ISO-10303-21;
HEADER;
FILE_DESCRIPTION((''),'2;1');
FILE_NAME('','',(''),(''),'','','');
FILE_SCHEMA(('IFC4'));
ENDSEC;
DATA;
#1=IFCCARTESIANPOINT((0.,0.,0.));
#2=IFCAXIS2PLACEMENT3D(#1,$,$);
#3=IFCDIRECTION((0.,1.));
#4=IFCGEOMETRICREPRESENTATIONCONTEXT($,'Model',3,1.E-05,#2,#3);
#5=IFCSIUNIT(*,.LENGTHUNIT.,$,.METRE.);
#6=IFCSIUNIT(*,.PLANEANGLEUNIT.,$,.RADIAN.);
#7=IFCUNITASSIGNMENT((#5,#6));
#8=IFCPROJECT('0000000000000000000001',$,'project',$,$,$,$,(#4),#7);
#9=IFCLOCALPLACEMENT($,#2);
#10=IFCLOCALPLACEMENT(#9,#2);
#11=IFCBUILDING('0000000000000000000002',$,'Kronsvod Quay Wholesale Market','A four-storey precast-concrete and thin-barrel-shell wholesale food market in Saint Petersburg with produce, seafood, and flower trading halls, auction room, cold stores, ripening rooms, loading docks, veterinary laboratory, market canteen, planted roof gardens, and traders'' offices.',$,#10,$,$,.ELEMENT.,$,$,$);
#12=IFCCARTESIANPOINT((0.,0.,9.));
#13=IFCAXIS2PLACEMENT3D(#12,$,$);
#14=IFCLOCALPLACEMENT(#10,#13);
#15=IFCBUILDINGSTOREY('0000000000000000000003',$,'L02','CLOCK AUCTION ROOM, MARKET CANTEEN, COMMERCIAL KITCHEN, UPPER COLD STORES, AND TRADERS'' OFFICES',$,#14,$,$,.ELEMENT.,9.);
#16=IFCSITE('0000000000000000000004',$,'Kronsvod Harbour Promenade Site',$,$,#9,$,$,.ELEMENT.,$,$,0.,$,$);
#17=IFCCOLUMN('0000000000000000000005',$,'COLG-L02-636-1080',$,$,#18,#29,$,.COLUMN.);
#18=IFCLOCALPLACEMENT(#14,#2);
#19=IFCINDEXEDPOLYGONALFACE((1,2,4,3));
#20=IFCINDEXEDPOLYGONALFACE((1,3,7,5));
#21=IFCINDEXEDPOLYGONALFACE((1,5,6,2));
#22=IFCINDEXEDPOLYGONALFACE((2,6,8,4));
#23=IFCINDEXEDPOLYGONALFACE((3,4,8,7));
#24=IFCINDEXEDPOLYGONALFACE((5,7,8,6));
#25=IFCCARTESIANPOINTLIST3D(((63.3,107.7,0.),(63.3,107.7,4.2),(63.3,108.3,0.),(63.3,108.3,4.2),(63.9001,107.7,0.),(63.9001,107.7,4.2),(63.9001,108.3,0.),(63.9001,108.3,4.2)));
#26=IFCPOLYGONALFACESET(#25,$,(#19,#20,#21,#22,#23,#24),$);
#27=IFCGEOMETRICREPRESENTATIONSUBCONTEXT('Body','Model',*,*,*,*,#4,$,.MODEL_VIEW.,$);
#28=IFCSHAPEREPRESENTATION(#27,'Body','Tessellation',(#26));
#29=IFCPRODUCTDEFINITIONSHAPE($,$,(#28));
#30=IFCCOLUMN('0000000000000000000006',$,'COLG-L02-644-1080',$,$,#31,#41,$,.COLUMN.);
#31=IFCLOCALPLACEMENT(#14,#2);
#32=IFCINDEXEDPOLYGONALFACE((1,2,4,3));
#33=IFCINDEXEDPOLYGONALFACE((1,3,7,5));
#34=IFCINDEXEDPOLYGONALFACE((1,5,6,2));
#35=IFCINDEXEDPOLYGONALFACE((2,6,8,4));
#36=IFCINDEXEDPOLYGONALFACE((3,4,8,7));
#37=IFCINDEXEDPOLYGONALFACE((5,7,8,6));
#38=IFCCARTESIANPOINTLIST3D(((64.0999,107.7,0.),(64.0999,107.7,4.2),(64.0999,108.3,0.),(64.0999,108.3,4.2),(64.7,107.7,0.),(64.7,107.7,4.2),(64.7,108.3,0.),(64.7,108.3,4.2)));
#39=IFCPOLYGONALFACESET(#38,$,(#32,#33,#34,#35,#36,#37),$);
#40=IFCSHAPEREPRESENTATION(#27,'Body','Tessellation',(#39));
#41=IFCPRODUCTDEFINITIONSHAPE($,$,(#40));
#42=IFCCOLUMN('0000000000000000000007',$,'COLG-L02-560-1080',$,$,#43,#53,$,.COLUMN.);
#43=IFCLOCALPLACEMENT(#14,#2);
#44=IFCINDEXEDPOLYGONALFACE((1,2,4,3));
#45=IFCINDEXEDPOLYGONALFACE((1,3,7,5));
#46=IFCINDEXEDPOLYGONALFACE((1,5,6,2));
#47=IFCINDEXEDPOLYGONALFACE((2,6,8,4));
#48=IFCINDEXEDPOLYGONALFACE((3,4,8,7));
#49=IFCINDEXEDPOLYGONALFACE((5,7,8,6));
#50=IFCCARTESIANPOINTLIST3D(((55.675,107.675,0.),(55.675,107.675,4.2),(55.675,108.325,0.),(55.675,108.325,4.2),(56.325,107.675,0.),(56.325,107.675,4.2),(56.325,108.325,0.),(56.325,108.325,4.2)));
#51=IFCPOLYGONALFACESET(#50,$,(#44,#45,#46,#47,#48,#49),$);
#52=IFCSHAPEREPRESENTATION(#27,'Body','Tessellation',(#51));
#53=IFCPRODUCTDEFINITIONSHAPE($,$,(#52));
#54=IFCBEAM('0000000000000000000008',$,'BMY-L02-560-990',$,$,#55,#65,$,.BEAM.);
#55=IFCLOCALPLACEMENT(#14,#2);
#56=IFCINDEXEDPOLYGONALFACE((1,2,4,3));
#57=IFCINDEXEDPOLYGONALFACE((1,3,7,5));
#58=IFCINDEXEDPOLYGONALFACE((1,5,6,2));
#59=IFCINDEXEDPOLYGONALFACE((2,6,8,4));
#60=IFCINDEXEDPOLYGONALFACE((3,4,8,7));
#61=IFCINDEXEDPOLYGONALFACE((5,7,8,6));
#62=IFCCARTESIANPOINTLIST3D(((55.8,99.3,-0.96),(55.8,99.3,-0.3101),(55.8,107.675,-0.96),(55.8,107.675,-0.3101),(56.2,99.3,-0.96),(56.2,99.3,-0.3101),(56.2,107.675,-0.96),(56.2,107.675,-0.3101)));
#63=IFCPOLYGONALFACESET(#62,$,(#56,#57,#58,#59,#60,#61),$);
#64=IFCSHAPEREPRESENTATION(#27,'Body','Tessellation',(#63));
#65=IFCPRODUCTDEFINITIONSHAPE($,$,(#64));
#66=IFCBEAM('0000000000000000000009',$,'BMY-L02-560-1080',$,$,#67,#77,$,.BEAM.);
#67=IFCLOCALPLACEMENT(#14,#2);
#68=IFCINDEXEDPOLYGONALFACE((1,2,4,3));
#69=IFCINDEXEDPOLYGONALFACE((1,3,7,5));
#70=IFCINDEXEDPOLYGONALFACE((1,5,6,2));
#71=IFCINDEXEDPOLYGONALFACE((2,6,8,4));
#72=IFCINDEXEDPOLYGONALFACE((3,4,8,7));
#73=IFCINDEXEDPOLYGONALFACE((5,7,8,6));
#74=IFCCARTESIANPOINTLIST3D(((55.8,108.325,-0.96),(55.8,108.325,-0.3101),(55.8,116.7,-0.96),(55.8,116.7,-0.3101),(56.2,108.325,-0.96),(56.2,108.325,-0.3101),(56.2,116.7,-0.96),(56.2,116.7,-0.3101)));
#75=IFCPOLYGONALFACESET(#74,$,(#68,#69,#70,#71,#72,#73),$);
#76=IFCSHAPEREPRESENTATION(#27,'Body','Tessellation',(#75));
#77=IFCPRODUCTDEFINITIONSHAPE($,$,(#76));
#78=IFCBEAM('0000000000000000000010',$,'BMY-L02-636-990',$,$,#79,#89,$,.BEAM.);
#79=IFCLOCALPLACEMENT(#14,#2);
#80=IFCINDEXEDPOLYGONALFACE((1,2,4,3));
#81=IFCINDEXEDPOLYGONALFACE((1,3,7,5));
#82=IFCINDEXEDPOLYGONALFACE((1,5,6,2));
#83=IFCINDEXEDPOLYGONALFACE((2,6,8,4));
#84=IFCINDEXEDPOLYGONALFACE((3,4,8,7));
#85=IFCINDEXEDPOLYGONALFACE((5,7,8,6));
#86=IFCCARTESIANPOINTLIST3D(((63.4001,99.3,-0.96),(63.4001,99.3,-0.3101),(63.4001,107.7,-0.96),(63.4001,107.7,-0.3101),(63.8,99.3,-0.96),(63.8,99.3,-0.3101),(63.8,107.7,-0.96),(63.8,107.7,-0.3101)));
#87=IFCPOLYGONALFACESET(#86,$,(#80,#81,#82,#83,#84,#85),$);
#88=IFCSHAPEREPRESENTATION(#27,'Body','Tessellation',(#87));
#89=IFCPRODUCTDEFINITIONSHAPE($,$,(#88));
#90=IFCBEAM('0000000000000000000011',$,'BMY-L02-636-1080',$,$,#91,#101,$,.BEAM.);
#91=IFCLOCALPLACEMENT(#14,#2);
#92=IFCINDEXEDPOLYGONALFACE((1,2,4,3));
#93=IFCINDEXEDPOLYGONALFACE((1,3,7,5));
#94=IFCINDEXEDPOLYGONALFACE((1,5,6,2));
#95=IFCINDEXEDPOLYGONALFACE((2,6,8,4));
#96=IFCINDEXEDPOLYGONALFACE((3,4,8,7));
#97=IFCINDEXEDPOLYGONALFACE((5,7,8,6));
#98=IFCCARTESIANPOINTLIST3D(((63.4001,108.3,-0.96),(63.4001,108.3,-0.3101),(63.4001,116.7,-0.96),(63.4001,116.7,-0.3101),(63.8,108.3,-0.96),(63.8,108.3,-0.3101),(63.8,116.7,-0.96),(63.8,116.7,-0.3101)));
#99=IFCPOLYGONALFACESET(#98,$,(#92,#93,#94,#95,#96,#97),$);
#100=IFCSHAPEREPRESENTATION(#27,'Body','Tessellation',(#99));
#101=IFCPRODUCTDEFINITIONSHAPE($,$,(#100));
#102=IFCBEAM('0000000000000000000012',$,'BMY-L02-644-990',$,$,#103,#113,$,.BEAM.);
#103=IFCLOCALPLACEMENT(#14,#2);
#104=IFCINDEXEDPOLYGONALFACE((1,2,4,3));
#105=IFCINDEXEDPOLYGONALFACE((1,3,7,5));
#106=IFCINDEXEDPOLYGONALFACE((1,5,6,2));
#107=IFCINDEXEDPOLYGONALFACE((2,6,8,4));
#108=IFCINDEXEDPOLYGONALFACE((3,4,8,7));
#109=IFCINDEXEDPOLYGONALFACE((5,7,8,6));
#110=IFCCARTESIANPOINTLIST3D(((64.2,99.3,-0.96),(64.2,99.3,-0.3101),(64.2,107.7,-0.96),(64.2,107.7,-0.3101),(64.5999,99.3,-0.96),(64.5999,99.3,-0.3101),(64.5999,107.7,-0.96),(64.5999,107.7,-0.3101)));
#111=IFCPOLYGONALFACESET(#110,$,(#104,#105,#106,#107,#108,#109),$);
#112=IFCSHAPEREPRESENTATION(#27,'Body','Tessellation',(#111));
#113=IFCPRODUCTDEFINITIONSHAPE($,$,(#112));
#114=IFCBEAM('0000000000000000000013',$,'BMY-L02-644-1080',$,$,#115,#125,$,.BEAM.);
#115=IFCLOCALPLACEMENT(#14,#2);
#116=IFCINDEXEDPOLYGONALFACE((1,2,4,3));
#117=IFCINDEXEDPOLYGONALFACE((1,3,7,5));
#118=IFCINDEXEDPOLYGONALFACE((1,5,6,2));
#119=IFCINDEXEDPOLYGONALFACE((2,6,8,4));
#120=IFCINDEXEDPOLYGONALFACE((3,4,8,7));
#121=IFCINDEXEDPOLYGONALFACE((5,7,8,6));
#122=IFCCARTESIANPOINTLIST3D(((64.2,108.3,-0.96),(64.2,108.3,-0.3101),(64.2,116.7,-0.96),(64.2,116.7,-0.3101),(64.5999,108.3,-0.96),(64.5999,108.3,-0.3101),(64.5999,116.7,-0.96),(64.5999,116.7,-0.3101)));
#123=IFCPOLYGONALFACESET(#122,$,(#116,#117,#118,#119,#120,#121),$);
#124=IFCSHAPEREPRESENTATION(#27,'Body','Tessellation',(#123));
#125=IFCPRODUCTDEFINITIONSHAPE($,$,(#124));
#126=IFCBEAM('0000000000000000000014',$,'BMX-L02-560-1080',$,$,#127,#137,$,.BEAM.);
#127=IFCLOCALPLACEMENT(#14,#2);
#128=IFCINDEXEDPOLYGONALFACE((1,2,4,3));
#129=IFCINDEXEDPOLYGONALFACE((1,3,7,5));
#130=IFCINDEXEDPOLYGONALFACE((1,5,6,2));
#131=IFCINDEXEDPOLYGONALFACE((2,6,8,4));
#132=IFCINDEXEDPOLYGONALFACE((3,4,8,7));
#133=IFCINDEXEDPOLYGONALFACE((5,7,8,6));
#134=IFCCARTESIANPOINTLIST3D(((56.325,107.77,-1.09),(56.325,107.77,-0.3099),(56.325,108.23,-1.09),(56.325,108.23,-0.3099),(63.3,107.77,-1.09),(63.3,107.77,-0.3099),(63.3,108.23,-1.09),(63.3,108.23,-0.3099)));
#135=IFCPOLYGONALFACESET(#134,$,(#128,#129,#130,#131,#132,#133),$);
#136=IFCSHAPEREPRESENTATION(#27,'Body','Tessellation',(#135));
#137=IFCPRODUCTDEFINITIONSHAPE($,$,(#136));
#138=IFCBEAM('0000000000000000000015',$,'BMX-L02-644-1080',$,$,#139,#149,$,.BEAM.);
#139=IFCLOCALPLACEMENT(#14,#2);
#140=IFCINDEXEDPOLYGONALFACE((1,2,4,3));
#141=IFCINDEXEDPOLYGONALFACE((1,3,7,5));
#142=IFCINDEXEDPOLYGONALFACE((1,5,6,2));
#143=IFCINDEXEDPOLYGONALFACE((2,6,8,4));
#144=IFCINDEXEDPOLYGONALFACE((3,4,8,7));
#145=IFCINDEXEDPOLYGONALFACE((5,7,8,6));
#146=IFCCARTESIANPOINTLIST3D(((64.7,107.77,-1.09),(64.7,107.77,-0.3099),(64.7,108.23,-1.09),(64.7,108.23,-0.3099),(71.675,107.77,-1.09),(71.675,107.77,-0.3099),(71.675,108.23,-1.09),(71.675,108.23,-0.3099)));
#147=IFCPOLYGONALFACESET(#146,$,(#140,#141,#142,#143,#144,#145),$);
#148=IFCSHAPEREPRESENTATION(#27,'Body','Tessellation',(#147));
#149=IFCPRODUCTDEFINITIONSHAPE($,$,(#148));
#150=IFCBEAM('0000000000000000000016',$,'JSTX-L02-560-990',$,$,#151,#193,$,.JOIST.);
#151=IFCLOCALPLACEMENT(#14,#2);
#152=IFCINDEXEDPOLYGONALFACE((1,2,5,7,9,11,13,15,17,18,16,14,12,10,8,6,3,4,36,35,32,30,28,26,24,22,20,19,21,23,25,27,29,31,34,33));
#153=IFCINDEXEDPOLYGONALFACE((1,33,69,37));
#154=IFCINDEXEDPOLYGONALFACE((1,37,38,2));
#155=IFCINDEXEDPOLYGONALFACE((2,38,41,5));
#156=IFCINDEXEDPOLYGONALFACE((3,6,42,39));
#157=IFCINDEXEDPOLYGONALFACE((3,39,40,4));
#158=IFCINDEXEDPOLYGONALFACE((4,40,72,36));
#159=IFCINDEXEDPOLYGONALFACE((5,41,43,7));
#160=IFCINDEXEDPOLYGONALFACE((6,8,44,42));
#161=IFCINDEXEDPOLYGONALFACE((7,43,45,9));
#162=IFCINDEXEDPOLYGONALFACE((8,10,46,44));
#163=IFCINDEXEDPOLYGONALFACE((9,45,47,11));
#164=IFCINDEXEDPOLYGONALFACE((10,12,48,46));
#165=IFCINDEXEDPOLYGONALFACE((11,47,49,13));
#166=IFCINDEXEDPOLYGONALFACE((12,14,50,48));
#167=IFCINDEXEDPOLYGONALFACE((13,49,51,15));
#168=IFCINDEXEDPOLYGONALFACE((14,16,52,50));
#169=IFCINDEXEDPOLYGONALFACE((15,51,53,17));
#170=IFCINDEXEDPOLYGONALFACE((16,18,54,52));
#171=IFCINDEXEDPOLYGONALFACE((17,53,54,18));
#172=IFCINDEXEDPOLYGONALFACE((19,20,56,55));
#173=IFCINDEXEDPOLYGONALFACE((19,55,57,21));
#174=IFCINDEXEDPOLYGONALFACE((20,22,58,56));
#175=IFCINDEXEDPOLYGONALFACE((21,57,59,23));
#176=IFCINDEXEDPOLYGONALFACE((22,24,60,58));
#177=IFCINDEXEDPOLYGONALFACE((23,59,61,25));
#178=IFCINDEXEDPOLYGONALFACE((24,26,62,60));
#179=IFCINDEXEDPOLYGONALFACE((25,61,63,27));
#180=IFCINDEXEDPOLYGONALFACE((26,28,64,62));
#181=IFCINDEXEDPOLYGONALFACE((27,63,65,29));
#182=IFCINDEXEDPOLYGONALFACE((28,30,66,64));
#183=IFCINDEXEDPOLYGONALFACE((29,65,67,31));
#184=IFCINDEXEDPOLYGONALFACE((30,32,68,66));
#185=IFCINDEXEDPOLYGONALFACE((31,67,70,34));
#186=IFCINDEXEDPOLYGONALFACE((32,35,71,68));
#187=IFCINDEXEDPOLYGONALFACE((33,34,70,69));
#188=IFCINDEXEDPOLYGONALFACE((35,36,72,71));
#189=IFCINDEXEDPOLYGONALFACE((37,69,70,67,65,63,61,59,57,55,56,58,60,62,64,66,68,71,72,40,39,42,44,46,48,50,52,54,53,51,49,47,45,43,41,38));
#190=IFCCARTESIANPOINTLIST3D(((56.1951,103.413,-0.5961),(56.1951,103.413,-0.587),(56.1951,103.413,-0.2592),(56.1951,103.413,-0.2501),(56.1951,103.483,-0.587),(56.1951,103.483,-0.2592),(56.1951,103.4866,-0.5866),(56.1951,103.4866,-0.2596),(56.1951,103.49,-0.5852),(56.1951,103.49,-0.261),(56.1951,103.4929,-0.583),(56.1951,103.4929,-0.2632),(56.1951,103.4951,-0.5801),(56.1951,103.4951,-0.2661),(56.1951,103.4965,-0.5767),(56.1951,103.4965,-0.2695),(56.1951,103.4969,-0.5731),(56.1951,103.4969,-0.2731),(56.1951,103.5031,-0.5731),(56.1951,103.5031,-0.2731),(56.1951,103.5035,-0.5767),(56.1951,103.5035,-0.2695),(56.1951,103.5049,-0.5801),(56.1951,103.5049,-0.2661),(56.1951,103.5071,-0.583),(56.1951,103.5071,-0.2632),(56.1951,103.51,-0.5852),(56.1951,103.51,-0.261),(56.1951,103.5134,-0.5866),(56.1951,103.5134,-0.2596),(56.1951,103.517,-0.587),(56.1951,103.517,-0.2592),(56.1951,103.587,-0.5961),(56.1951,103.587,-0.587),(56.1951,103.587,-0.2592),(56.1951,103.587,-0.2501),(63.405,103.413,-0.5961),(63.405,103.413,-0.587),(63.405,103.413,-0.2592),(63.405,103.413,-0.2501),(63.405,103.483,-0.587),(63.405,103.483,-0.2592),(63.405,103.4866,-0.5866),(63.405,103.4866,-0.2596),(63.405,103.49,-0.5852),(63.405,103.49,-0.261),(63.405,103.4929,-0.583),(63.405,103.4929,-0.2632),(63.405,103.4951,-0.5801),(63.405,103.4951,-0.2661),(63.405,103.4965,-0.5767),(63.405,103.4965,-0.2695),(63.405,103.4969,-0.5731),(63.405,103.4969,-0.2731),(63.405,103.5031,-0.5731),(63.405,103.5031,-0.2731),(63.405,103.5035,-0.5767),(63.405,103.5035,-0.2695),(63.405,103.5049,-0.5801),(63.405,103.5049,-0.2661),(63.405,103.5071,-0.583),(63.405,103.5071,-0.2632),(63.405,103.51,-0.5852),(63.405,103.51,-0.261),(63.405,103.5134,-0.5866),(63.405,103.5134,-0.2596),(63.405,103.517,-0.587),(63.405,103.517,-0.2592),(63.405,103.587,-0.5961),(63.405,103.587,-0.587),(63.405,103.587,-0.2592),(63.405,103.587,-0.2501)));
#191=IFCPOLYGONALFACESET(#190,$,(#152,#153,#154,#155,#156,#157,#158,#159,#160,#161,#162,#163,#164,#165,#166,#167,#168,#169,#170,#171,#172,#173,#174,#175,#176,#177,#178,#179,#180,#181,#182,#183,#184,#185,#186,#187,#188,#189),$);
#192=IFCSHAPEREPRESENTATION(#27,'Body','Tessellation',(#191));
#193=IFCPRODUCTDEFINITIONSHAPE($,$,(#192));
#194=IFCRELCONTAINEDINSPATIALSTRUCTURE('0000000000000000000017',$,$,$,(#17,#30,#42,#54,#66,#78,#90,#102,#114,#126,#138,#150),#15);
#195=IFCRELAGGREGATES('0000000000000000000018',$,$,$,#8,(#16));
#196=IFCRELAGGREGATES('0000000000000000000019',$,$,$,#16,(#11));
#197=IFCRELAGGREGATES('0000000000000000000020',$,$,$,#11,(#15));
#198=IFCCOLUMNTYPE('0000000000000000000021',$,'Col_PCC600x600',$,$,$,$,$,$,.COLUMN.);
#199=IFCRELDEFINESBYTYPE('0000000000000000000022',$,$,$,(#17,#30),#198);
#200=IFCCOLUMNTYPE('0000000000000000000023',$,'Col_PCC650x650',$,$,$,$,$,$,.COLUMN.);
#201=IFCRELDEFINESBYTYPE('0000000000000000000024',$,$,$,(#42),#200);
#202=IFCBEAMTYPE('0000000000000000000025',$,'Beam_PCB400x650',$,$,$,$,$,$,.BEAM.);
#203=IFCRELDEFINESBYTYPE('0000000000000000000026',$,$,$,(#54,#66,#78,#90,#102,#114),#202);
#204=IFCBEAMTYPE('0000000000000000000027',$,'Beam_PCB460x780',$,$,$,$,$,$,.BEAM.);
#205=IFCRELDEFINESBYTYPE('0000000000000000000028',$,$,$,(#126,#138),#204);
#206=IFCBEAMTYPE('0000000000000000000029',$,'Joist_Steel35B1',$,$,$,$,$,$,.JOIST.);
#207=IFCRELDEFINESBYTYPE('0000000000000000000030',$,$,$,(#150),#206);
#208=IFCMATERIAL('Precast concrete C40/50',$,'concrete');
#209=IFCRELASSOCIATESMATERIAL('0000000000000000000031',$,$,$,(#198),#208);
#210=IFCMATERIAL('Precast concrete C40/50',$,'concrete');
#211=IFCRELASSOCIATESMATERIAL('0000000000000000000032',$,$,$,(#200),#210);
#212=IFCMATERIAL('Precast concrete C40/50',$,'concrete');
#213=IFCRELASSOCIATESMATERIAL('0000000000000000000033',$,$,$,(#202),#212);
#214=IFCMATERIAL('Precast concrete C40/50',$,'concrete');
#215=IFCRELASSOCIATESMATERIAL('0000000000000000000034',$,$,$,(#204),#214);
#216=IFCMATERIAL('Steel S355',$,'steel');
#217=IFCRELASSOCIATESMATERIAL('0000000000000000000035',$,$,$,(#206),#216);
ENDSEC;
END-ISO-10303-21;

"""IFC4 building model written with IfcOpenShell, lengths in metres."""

from ifc_helpers import new_model, si_unit, direction, frame, origin, origin_2d, place, context, subcontext, project, spatial, rectangle, i_section, extrude, material, material_profile, profile_set, type_object, element, save


model = new_model("IFC4")

# Units and contexts
model_context = context("Model", 3, precision=1e-05, world=origin(), true_north=direction((0.0, 1.0)))
body_context = subcontext(model_context, "Body", "Model", "MODEL_VIEW")
ifc_project = project(units=[si_unit("LENGTHUNIT", "METRE"), si_unit("PLANEANGLEUNIT", "RADIAN")], contexts=[model_context])

# Site, building, storey
site_placement = place(None, origin())
site = spatial("IfcSite", under=ifc_project, at=site_placement, Name="Kronsvod Harbour Promenade Site", CompositionType="ELEMENT", RefElevation=0.0)
building_placement = place(site_placement, origin())
building = spatial("IfcBuilding", under=site, at=building_placement, Name="Kronsvod Quay Wholesale Market", Description="A four-storey precast-concrete and thin-barrel-shell wholesale food market in Saint Petersburg with produce, seafood, and flower trading halls, auction room, cold stores, ripening rooms, loading docks, veterinary laboratory, market canteen, planted roof gardens, and traders' offices.", CompositionType="ELEMENT")
storey_placement = place(building_placement, frame((0.0, 0.0, 9.0)))
storey = spatial("IfcBuildingStorey", under=building, at=storey_placement, Name="L02", Description="CLOCK AUCTION ROOM, MARKET CANTEEN, COMMERCIAL KITCHEN, UPPER COLD STORES, AND TRADERS' OFFICES", CompositionType="ELEMENT", Elevation=9.0)

# Columns
ifc_material_1 = material(Name="Precast concrete C40/50", Category="concrete")
ifc_material_profile_1 = material_profile(ifc_material_1, rectangle(XDim=0.6001, YDim=0.6001, at=origin_2d()), Name="PCC600x600")
ifc_profile_set_1 = profile_set([ifc_material_profile_1], Name="Precast concrete C40/50")
column_type_1 = type_object("IfcColumnType", Name="Col_PCC600x600", PredefinedType="COLUMN", material=ifc_profile_set_1)
for number, where, z_axis, x_axis, name in (
    (1, (63.6001, 108.0, 0.0), (0.0, 0.0, 1.0), (1.0, 0.0, 0.0), "COLG-L02-636-1080"),
    (2, (64.3999, 108.0, 0.0), (0.0, 0.0, 1.0), (1.0, 0.0, 0.0), "COLG-L02-644-1080"),
):
    element("IfcColumn", number, at=place(storey_placement, frame(where, z_axis=z_axis, x_axis=x_axis)), inside=storey, type_object=column_type_1, Name=name, PredefinedType="COLUMN", context=body_context, shape_type="SweptSolid", body=[
        extrude(rectangle(XDim=0.6001, YDim=0.6001, at=origin_2d()), origin(), (0.0, 0.0, 1.0), 4.2),
    ])
ifc_material_2 = material(Name="Precast concrete C40/50", Category="concrete")
ifc_material_profile_2 = material_profile(ifc_material_2, rectangle(XDim=0.6499, YDim=0.6499, at=origin_2d()), Name="COL-08")
ifc_profile_set_2 = profile_set([ifc_material_profile_2], Name="Precast concrete C40/50")
column_type_2 = type_object("IfcColumnType", Name="Col_PCC650x650", PredefinedType="COLUMN", material=ifc_profile_set_2)
column_placement = place(storey_placement, frame((56.0, 108.0, 0.0), z_axis=(0.0, 0.0, 1.0), x_axis=(1.0, 0.0, 0.0)))
element("IfcColumn", 3, at=column_placement, inside=storey, type_object=column_type_2, Name="COLG-L02-560-1080", PredefinedType="COLUMN", context=body_context, shape_type="SweptSolid", body=[
    extrude(rectangle(XDim=0.6499, YDim=0.6499, at=origin_2d()), origin(), (0.0, 0.0, 1.0), 4.2),
])

# Beams
ifc_material_3 = material(Name="Precast concrete C40/50", Category="concrete")
ifc_material_profile_3 = material_profile(ifc_material_3, rectangle(XDim=0.3999, YDim=0.6499, at=origin_2d()), Name="PCB400x650")
ifc_profile_set_3 = profile_set([ifc_material_profile_3], Name="Precast concrete C40/50")
beam_type_1 = type_object("IfcBeamType", Name="Beam_PCB400x650", PredefinedType="BEAM", material=ifc_profile_set_3)
for number, where, z_axis, x_axis, name in (
    (4, (56.0, 99.3, -0.635), (0.0, 1.0, 0.0), (-1.0, 0.0, 0.0), "BMY-L02-560-990"),
    (5, (56.0, 108.325, -0.635), (0.0, 1.0, 0.0), (-1.0, 0.0, 0.0), "BMY-L02-560-1080"),
):
    element("IfcBeam", number, at=place(storey_placement, frame(where, z_axis=z_axis, x_axis=x_axis)), inside=storey, type_object=beam_type_1, Name=name, PredefinedType="BEAM", context=body_context, shape_type="SweptSolid", body=[
        extrude(rectangle(XDim=0.3999, YDim=0.6499, at=origin_2d()), origin(), (0.0, 0.0, 1.0), 8.375),
    ])
for number, where, z_axis, x_axis, name in (
    (6, (63.6001, 99.3, -0.635), (0.0, 1.0, 0.0), (-1.0, 0.0, 0.0), "BMY-L02-636-990"),
    (7, (63.6001, 108.3, -0.635), (0.0, 1.0, 0.0), (-1.0, 0.0, 0.0), "BMY-L02-636-1080"),
    (8, (64.3999, 99.3, -0.635), (0.0, 1.0, 0.0), (-1.0, 0.0, 0.0), "BMY-L02-644-990"),
    (9, (64.3999, 108.3, -0.635), (0.0, 1.0, 0.0), (-1.0, 0.0, 0.0), "BMY-L02-644-1080"),
):
    element("IfcBeam", number, at=place(storey_placement, frame(where, z_axis=z_axis, x_axis=x_axis)), inside=storey, type_object=beam_type_1, Name=name, PredefinedType="BEAM", context=body_context, shape_type="SweptSolid", body=[
        extrude(rectangle(XDim=0.3999, YDim=0.6499, at=origin_2d()), origin(), (0.0, 0.0, 1.0), 8.3999),
    ])
ifc_material_4 = material(Name="Precast concrete C40/50", Category="concrete")
ifc_material_profile_4 = material_profile(ifc_material_4, rectangle(XDim=0.46, YDim=0.78, at=origin_2d()), Name="PB-03")
ifc_profile_set_4 = profile_set([ifc_material_profile_4], Name="Precast concrete C40/50")
beam_type_2 = type_object("IfcBeamType", Name="Beam_PCB460x780", PredefinedType="BEAM", material=ifc_profile_set_4)
for number, where, z_axis, x_axis, name in (
    (10, (56.325, 108.0, -0.7), (1.0, 0.0, 0.0), (0.0, 1.0, 0.0), "BMX-L02-560-1080"),
    (11, (64.7, 108.0, -0.7), (1.0, 0.0, 0.0), (0.0, 1.0, 0.0), "BMX-L02-644-1080"),
):
    element("IfcBeam", number, at=place(storey_placement, frame(where, z_axis=z_axis, x_axis=x_axis)), inside=storey, type_object=beam_type_2, Name=name, PredefinedType="BEAM", context=body_context, shape_type="SweptSolid", body=[
        extrude(rectangle(XDim=0.46, YDim=0.78, at=origin_2d()), origin(), (0.0, 0.0, 1.0), 6.9751),
    ])
ifc_material_5 = material(Name="Steel S355", Category="steel")
ifc_material_profile_5 = material_profile(ifc_material_5, i_section(OverallWidth=0.1741, OverallDepth=0.3459, WebThickness=0.0061, FlangeThickness=0.009, FilletRadius=0.0139, at=origin_2d()), Name="35B1")
ifc_profile_set_5 = profile_set([ifc_material_profile_5], Name="Steel S355")
beam_type_3 = type_object("IfcBeamType", Name="Joist_Steel35B1", PredefinedType="JOIST", material=ifc_profile_set_5)
for number, where, z_axis, x_axis, name in (
    (12, (56.1951, 103.5, -0.4231), (1.0, 0.0, 0.0), (0.0, 1.0, 0.0), "JSTX-L02-560-990"),
):
    element("IfcBeam", number, at=place(storey_placement, frame(where, z_axis=z_axis, x_axis=x_axis)), inside=storey, type_object=beam_type_3, Name=name, PredefinedType="JOIST", context=body_context, shape_type="SweptSolid", body=[
        extrude(i_section(OverallWidth=0.1741, OverallDepth=0.3459, WebThickness=0.0061, FlangeThickness=0.009, FilletRadius=0.0139, at=origin_2d()), origin(), (0.0, 0.0, 1.0), 7.21),
    ])

save(model, "model.ifc")
